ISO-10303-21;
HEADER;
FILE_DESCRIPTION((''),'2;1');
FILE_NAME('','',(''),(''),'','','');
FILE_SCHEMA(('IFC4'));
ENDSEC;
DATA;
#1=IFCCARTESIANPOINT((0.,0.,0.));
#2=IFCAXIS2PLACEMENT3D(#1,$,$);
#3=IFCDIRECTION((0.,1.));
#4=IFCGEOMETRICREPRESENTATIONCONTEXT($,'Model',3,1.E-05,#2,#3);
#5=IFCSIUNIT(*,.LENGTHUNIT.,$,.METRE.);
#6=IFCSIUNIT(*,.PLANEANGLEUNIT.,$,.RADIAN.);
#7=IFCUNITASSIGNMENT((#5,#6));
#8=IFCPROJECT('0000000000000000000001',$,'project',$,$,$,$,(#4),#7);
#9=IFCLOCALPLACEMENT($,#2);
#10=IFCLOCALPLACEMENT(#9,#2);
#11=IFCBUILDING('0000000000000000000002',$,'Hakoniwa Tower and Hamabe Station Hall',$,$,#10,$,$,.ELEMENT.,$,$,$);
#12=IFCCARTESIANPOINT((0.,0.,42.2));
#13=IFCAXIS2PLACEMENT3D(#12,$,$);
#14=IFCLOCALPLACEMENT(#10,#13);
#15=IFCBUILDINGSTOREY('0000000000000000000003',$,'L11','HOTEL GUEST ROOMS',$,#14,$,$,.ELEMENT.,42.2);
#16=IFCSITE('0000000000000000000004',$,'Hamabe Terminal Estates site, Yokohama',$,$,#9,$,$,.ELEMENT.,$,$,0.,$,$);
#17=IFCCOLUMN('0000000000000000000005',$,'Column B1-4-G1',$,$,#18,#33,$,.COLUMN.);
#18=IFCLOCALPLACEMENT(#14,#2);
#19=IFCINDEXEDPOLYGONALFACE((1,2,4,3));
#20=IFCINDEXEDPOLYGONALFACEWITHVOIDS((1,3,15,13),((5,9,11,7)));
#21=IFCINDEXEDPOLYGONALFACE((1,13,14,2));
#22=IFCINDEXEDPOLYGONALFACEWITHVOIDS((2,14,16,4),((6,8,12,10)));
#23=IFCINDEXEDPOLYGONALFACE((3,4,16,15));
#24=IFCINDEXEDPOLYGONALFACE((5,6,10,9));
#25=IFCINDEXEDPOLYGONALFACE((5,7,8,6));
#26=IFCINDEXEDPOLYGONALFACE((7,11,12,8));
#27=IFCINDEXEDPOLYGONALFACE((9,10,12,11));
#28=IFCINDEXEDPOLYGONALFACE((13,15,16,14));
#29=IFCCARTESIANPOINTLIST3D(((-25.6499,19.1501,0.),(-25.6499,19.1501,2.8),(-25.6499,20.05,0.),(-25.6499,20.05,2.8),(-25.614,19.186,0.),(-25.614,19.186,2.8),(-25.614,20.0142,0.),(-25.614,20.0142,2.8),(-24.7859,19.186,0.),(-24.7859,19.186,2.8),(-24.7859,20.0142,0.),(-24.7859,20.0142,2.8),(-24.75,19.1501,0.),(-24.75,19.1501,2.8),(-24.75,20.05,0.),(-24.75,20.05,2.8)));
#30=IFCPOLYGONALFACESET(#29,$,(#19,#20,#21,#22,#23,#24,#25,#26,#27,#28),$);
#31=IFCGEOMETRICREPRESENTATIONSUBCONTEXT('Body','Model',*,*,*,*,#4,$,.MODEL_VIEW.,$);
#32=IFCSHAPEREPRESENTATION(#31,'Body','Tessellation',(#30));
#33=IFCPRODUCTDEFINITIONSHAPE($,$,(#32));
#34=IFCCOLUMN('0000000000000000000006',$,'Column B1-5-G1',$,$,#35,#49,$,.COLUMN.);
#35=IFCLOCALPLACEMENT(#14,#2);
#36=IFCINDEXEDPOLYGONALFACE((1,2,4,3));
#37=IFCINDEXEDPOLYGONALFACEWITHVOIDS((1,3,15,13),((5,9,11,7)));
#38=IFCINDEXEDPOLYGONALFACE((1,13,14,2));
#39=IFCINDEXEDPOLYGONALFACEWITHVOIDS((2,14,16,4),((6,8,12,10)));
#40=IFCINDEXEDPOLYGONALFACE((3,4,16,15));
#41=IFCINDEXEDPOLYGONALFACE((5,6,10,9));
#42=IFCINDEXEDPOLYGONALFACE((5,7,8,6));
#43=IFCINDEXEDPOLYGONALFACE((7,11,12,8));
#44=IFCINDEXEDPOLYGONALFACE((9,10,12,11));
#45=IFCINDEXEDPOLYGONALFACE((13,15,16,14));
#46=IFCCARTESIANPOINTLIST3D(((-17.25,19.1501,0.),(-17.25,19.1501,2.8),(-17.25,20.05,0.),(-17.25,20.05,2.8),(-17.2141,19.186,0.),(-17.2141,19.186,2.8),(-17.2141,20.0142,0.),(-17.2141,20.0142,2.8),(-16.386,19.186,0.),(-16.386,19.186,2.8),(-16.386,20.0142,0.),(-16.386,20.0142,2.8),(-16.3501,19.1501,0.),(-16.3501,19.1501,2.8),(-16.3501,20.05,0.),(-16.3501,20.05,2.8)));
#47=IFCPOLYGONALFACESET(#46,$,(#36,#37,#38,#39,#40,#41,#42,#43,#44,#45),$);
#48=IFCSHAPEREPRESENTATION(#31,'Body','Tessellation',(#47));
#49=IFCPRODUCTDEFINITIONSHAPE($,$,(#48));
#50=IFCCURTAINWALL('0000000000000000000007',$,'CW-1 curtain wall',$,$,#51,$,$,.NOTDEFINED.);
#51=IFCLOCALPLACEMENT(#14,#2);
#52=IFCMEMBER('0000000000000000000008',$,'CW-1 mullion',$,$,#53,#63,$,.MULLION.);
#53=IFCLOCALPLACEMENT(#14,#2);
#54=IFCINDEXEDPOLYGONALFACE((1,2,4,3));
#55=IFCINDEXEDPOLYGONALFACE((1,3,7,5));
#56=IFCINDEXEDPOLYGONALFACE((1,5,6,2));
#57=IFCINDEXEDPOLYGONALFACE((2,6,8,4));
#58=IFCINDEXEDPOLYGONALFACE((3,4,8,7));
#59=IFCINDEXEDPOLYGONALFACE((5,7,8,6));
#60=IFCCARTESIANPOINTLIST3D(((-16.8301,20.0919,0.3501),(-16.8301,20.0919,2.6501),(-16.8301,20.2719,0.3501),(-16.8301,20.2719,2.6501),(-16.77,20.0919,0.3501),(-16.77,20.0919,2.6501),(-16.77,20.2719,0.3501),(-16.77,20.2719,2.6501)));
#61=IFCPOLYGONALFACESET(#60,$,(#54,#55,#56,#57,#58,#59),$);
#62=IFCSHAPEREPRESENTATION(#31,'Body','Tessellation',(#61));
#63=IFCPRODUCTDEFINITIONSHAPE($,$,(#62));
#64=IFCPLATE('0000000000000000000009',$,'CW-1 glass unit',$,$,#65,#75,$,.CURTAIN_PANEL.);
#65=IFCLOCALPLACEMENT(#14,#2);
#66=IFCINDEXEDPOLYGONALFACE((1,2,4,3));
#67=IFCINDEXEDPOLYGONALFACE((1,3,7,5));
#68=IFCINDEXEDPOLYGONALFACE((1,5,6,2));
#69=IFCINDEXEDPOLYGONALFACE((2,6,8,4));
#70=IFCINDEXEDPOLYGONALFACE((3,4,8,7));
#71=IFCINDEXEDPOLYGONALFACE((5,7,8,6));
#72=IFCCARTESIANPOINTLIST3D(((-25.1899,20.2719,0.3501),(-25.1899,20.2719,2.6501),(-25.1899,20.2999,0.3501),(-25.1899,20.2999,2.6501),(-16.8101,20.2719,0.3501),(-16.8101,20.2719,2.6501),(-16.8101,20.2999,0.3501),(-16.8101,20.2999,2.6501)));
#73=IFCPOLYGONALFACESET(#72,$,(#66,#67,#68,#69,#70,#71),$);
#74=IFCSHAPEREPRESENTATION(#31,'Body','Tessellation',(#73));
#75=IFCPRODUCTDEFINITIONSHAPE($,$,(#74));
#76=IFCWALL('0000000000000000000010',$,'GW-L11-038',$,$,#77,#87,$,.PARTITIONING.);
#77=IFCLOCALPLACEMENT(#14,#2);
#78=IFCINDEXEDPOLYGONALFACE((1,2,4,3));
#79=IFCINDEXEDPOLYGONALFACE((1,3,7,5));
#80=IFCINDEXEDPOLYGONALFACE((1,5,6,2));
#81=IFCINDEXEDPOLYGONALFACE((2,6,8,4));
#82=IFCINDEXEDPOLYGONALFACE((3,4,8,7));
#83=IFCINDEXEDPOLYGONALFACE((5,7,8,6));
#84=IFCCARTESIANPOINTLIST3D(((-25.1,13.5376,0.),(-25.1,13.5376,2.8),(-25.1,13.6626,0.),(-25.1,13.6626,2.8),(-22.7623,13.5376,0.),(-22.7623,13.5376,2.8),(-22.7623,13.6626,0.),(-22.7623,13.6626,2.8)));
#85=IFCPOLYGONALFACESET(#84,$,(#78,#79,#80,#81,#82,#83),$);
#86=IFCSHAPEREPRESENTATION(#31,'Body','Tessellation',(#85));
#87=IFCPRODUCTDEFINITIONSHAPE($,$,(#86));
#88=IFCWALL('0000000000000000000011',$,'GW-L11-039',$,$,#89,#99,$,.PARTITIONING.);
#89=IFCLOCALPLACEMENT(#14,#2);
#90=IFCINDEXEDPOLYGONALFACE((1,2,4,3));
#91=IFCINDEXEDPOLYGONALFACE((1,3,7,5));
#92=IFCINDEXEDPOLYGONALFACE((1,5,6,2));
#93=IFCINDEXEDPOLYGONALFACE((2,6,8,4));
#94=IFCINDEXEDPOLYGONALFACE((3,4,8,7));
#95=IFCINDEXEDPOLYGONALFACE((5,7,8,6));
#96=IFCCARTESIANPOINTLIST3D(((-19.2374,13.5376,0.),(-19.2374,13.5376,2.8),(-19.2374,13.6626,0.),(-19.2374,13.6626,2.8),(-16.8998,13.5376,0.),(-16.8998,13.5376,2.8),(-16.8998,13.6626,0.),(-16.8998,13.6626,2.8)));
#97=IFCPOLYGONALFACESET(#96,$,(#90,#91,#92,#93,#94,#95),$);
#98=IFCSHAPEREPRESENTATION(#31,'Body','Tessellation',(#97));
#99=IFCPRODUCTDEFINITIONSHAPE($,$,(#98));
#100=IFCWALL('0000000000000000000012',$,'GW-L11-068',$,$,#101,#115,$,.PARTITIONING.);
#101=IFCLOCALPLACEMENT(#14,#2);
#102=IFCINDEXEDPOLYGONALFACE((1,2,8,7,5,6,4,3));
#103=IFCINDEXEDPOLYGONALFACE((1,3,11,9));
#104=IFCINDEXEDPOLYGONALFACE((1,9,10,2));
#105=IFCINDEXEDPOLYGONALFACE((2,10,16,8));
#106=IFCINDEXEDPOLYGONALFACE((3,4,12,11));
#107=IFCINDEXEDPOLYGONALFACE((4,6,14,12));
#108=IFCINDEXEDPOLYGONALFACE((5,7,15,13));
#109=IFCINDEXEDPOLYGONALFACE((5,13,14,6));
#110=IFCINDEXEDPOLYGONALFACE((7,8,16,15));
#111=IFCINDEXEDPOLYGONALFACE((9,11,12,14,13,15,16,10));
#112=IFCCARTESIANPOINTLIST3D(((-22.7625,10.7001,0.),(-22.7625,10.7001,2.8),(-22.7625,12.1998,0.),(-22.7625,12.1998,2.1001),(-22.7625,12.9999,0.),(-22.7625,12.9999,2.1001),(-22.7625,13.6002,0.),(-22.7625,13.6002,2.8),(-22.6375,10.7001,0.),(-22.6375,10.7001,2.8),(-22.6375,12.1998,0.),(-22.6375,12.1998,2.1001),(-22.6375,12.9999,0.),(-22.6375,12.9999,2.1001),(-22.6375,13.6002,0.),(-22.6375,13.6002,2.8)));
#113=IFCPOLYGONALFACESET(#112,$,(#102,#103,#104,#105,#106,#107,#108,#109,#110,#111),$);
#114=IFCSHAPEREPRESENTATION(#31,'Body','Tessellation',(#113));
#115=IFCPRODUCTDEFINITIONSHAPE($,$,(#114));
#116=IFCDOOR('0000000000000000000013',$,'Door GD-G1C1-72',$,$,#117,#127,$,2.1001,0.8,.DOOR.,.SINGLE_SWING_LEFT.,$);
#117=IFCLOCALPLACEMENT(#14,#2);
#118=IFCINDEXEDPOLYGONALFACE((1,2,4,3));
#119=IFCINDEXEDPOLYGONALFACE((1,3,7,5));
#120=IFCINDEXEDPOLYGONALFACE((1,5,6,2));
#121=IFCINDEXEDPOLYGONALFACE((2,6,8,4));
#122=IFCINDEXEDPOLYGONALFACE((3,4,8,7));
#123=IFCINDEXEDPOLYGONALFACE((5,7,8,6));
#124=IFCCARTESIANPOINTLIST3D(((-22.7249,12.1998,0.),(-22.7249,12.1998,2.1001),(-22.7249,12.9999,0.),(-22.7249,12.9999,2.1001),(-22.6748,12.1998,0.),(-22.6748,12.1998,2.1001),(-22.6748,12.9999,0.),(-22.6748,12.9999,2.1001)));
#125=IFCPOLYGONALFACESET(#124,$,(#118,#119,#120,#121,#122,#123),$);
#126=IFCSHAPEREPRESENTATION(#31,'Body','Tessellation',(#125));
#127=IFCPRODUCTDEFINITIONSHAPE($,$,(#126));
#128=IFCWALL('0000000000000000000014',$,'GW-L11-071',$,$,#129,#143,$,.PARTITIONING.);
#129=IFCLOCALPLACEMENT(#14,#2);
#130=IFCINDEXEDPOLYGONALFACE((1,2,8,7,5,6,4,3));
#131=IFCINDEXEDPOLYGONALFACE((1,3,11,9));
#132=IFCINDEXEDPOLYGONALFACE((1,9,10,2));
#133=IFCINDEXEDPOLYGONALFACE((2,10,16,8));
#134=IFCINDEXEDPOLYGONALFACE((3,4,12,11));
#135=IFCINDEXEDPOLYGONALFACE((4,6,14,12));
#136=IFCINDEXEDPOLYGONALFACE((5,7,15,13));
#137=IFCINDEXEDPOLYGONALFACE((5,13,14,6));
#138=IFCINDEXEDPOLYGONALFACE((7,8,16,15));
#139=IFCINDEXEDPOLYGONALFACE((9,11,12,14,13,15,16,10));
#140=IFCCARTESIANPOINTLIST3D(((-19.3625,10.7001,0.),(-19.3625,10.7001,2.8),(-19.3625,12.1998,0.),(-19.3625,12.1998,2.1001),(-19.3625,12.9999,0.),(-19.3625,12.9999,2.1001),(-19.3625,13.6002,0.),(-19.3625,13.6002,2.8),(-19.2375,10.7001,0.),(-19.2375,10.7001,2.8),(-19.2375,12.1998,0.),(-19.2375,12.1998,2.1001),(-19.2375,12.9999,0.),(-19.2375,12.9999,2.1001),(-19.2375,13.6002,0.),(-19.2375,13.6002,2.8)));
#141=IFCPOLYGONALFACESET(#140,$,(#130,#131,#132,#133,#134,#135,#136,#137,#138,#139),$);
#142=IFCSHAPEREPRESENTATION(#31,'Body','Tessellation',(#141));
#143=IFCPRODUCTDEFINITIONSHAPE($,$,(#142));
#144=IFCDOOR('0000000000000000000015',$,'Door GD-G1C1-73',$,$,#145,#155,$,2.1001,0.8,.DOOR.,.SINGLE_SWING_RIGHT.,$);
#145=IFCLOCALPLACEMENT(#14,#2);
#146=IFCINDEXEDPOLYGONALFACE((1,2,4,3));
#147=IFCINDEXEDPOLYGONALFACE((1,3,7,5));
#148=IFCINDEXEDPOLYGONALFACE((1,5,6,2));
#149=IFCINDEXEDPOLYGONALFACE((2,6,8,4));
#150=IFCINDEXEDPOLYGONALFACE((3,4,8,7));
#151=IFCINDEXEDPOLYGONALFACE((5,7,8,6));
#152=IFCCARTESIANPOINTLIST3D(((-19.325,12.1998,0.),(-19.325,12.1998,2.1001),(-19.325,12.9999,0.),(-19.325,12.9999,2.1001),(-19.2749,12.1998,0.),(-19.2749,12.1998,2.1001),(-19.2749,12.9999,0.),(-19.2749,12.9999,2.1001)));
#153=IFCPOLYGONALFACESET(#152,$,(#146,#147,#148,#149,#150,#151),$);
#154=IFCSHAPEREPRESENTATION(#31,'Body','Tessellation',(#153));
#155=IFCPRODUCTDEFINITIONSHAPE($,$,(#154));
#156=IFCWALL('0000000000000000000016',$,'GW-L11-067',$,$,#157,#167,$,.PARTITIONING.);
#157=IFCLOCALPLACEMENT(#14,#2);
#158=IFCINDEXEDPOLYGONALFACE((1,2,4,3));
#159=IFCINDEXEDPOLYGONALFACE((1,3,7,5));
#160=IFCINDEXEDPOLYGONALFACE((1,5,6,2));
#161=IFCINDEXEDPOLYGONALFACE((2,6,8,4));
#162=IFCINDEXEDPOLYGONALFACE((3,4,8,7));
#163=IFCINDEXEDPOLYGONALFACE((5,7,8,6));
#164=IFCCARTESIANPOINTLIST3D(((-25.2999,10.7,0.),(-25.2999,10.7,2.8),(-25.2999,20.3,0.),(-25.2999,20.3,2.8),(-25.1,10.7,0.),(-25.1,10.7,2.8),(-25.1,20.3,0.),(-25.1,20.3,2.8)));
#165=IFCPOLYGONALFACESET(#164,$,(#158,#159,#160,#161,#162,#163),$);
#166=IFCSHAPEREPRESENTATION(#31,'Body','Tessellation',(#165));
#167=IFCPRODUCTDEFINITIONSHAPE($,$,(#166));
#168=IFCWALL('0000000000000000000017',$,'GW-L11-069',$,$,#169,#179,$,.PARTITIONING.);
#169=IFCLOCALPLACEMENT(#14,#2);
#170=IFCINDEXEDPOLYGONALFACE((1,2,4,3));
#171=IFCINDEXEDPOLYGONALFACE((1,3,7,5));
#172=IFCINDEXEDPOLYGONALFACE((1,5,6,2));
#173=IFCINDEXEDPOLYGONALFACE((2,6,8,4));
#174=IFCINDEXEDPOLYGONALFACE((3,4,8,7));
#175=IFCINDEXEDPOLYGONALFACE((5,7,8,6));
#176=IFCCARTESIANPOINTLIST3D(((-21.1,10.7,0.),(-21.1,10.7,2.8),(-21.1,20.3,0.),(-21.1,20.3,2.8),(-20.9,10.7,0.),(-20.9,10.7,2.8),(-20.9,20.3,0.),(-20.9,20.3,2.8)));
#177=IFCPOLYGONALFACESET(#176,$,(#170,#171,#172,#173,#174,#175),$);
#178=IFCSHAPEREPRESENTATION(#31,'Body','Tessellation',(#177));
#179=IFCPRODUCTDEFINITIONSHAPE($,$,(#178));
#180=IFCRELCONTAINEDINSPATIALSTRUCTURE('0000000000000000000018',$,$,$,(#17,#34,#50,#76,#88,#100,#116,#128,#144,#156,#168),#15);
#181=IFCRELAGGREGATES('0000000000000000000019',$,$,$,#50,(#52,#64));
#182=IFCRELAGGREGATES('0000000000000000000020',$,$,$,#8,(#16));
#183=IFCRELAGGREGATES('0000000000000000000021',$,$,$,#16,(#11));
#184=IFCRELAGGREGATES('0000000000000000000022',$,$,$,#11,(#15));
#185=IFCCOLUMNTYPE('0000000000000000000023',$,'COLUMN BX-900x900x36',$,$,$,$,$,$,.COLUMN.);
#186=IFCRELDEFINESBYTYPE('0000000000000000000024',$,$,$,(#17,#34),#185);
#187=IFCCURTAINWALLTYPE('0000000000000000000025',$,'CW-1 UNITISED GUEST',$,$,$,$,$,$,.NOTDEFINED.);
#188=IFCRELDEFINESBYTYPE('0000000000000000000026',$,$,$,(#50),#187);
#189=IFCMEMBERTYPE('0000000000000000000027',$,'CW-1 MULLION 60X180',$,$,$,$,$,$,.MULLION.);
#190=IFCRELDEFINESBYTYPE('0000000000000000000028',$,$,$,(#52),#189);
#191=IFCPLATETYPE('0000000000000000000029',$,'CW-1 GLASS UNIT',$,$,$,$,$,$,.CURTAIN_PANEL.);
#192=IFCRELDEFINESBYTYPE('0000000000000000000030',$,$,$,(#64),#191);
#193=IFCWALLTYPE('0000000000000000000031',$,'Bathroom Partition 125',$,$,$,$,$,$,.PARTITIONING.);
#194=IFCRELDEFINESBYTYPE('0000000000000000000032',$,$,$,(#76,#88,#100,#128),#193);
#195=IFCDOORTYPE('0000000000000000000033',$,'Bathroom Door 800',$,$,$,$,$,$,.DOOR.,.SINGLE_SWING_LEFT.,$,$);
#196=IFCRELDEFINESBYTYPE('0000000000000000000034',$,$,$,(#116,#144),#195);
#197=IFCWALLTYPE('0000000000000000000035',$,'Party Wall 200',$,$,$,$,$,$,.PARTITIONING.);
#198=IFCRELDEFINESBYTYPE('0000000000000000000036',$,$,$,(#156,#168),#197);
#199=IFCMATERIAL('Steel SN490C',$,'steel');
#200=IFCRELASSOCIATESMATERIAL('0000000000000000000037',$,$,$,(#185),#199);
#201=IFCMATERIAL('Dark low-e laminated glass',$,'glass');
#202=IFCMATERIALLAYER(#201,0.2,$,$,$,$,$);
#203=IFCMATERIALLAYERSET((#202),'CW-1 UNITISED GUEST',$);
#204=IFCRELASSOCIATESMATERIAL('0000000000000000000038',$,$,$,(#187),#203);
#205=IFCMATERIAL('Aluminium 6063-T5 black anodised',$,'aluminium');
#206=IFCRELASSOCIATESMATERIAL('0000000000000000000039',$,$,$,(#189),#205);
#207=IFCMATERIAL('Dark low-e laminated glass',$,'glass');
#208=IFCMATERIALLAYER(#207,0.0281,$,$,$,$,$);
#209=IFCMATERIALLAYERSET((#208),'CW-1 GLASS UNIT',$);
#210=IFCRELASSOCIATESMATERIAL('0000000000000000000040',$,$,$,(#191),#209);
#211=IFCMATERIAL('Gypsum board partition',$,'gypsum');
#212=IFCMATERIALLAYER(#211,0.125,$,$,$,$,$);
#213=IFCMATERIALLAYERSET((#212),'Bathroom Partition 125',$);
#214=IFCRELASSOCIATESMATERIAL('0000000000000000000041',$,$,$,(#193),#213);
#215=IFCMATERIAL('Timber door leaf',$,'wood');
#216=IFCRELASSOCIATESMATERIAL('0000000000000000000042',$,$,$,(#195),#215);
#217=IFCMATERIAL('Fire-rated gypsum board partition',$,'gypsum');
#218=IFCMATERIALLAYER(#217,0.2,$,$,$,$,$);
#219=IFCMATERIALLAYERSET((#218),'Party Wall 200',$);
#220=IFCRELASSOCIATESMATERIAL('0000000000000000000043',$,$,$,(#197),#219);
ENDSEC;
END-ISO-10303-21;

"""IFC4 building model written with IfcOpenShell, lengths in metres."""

from ifc_helpers import new_model, si_unit, direction, frame, frame_2d, origin, origin_2d, place, context, subcontext, project, spatial, rectangle, hollow_rectangle, extrude, material, layer, layer_set, material_profile, profile_set, type_object, element, fill, aggregate, save


model = new_model("IFC4")

# Units and contexts
model_context = context("Model", 3, precision=1e-05, world=origin(), true_north=direction((0.0, 1.0)))
body_context = subcontext(model_context, "Body", "Model", "MODEL_VIEW")
ifc_project = project(units=[si_unit("LENGTHUNIT", "METRE"), si_unit("PLANEANGLEUNIT", "RADIAN")], contexts=[model_context])

# Site, building, storey
site_placement = place(None, origin())
site = spatial("IfcSite", under=ifc_project, at=site_placement, Name="Hamabe Terminal Estates site, Yokohama", CompositionType="ELEMENT", RefElevation=0.0)
building_placement = place(site_placement, origin())
building = spatial("IfcBuilding", under=site, at=building_placement, Name="Hakoniwa Tower and Hamabe Station Hall", CompositionType="ELEMENT")
storey_placement = place(building_placement, frame((0.0, 0.0, 42.2)))
storey = spatial("IfcBuildingStorey", under=building, at=storey_placement, Name="L11", Description="HOTEL GUEST ROOMS", CompositionType="ELEMENT", Elevation=42.2)

# Columns
ifc_material_1 = material(Name="Steel SN490C", Category="steel")
ifc_material_profile_1 = material_profile(ifc_material_1, hollow_rectangle(XDim=0.8999, YDim=0.8999, WallThickness=0.0359, at=origin_2d()), Name="BX-900x900x36")
ifc_profile_set_1 = profile_set([ifc_material_profile_1], Name="Steel SN490C")
column_type = type_object("IfcColumnType", Name="COLUMN BX-900x900x36", PredefinedType="COLUMN", material=ifc_profile_set_1)
for number, where, z_axis, x_axis, name in (
    (1, (-25.2, 19.6001, 0.0), (0.0, 0.0, 1.0), (1.0, 0.0, 0.0), "Column B1-4-G1"),
    (2, (-16.8, 19.6001, 0.0), (0.0, 0.0, 1.0), (1.0, 0.0, 0.0), "Column B1-5-G1"),
):
    element("IfcColumn", number, at=place(storey_placement, frame(where, z_axis=z_axis, x_axis=x_axis)), inside=storey, type_object=column_type, Name=name, PredefinedType="COLUMN", context=body_context, shape_type="SweptSolid", body=[
        extrude(hollow_rectangle(XDim=0.8999, YDim=0.8999, WallThickness=0.0359, at=origin_2d()), origin(), (0.0, 0.0, 1.0), 2.8),
    ])

# Curtain wall, member, plate
ifc_material_2 = material(Name="Dark low-e laminated glass", Category="glass")
ifc_layer_1 = layer(ifc_material_2, 0.2)
ifc_layer_set_1 = layer_set([ifc_layer_1], Name="CW-1 UNITISED GUEST")
curtain_wall_type = type_object("IfcCurtainWallType", Name="CW-1 UNITISED GUEST", PredefinedType="NOTDEFINED", material=ifc_layer_set_1)
curtain_wall_placement = place(storey_placement, origin())
curtain_wall = element("IfcCurtainWall", 3, at=curtain_wall_placement, inside=storey, type_object=curtain_wall_type, Name="CW-1 curtain wall", PredefinedType="NOTDEFINED")
ifc_material_3 = material(Name="Aluminium 6063-T5 black anodised", Category="aluminium")
ifc_material_profile_2 = material_profile(ifc_material_3, rectangle(XDim=0.0601, YDim=0.1799, at=origin_2d()), Name="CW-1 MULLION 60X180")
ifc_profile_set_2 = profile_set([ifc_material_profile_2], Name="Aluminium 6063-T5 black anodised")
member_type = type_object("IfcMemberType", Name="CW-1 MULLION 60X180", PredefinedType="MULLION", material=ifc_profile_set_2)
member_placement = place(storey_placement, frame((-16.8, 20.1819, 0.3501), z_axis=(0.0, 0.0, 1.0), x_axis=(-1.0, 0.0, 0.0)))
member = element("IfcMember", 4, at=member_placement, type_object=member_type, Name="CW-1 mullion", PredefinedType="MULLION", context=body_context, shape_type="SweptSolid", body=[
    extrude(rectangle(XDim=0.0601, YDim=0.1799, at=origin_2d()), origin(), (0.0, 0.0, 1.0), 2.3),
])
ifc_material_4 = material(Name="Dark low-e laminated glass", Category="glass")
ifc_layer_2 = layer(ifc_material_4, 0.0281)
ifc_layer_set_2 = layer_set([ifc_layer_2], Name="CW-1 GLASS UNIT")
plate_type = type_object("IfcPlateType", Name="CW-1 GLASS UNIT", PredefinedType="CURTAIN_PANEL", material=ifc_layer_set_2)
plate_placement = place(storey_placement, frame((-21.0, 20.2859, 0.3501), z_axis=(0.0, 0.0, 1.0), x_axis=(-1.0, 0.0, 0.0)))
plate = element("IfcPlate", 5, at=plate_placement, type_object=plate_type, Name="CW-1 glass unit", PredefinedType="CURTAIN_PANEL", context=body_context, shape_type="SweptSolid", body=[
    extrude(rectangle(XDim=8.3799, YDim=0.0281, at=origin_2d()), origin(), (0.0, 0.0, 1.0), 2.3),
])
aggregate(curtain_wall, [member, plate])

# Walls
ifc_material_5 = material(Name="Gypsum board partition", Category="gypsum")
ifc_layer_3 = layer(ifc_material_5, 0.125)
ifc_layer_set_3 = layer_set([ifc_layer_3], Name="Bathroom Partition 125")
wall_type_1 = type_object("IfcWallType", Name="Bathroom Partition 125", PredefinedType="PARTITIONING", material=ifc_layer_set_3)
for number, where, z_axis, x_axis, name in (
    (6, (-25.1001, 13.6001, 0.0), (0.0, 0.0, 1.0), (1.0, 0.0, 0.0), "GW-L11-038"),
    (7, (-19.2375, 13.6001, 0.0), (0.0, 0.0, 1.0), (1.0, 0.0, 0.0), "GW-L11-039"),
):
    element("IfcWall", number, at=place(storey_placement, frame(where, z_axis=z_axis, x_axis=x_axis)), inside=storey, type_object=wall_type_1, Name=name, PredefinedType="PARTITIONING", context=body_context, shape_type="SweptSolid", body=[
        extrude(rectangle(XDim=2.3376, YDim=0.125, at=frame_2d((1.1689, 0.0))), origin(), (0.0, 0.0, 1.0), 2.8),
    ])

# Walls, openings, doors
wall_1_placement = place(storey_placement, frame((-22.7, 10.7, 0.0), z_axis=(0.0, 0.0, 1.0), x_axis=(0.0, 1.0, 0.0)))
wall_1 = element("IfcWall", 8, at=wall_1_placement, inside=storey, type_object=wall_type_1, Name="GW-L11-068", PredefinedType="PARTITIONING", context=body_context, shape_type="SweptSolid", body=[
    extrude(rectangle(XDim=2.9001, YDim=0.125, at=frame_2d((1.4502, 0.0))), origin(), (0.0, 0.0, 1.0), 2.8),
])
opening_1_placement = place(wall_1_placement, frame((1.5, 0.0, 0.0)))
opening_1 = element("IfcOpeningElement", 9, at=opening_1_placement, cuts=wall_1, PredefinedType="OPENING", context=body_context, shape_type="SweptSolid", body=[
    extrude(rectangle(XDim=0.8, YDim=2.1001, at=frame_2d((0.3999, 1.05))), frame((0.0, 0.0725, 0.0), z_axis=(0.0, -1.0, 0.0), x_axis=(1.0, 0.0, 0.0)), (0.0, 0.0, 1.0), 0.145),
])
ifc_material_6 = material(Name="Timber door leaf", Category="wood")
door_type = type_object("IfcDoorType", Name="Bathroom Door 800", OperationType="SINGLE_SWING_LEFT", PredefinedType="DOOR", material=ifc_material_6)
door_1_placement = place(opening_1_placement, origin())
door_1 = element("IfcDoor", 10, at=door_1_placement, inside=storey, type_object=door_type, Name="Door GD-G1C1-72", OperationType="SINGLE_SWING_LEFT", OverallHeight=2.1001, OverallWidth=0.8, PredefinedType="DOOR", context=body_context, shape_type="SweptSolid", body=[
    extrude(rectangle(XDim=0.8, YDim=2.1001, at=frame_2d((0.3999, 1.05))), frame((0.0, 0.0249, 0.0), z_axis=(0.0, -1.0, 0.0), x_axis=(1.0, 0.0, 0.0)), (0.0, 0.0, 1.0), 0.05),
])
fill(opening_1, door_1)
wall_2_placement = place(storey_placement, frame((-19.3, 10.7, 0.0), z_axis=(0.0, 0.0, 1.0), x_axis=(0.0, 1.0, 0.0)))
wall_2 = element("IfcWall", 11, at=wall_2_placement, inside=storey, type_object=wall_type_1, Name="GW-L11-071", PredefinedType="PARTITIONING", context=body_context, shape_type="SweptSolid", body=[
    extrude(rectangle(XDim=2.9001, YDim=0.125, at=frame_2d((1.4502, 0.0))), origin(), (0.0, 0.0, 1.0), 2.8),
])
opening_2_placement = place(wall_2_placement, frame((1.5, 0.0, 0.0)))
opening_2 = element("IfcOpeningElement", 12, at=opening_2_placement, cuts=wall_2, PredefinedType="OPENING", context=body_context, shape_type="SweptSolid", body=[
    extrude(rectangle(XDim=0.8, YDim=2.1001, at=frame_2d((0.3999, 1.05))), frame((0.0, 0.0725, 0.0), z_axis=(0.0, -1.0, 0.0), x_axis=(1.0, 0.0, 0.0)), (0.0, 0.0, 1.0), 0.145),
])
door_2_placement = place(opening_2_placement, origin())
door_2 = element("IfcDoor", 13, at=door_2_placement, inside=storey, type_object=door_type, Name="Door GD-G1C1-73", OperationType="SINGLE_SWING_RIGHT", OverallHeight=2.1001, OverallWidth=0.8, PredefinedType="DOOR", context=body_context, shape_type="SweptSolid", body=[
    extrude(rectangle(XDim=0.8, YDim=2.1001, at=frame_2d((0.3999, 1.05))), frame((0.0, 0.0249, 0.0), z_axis=(0.0, -1.0, 0.0), x_axis=(1.0, 0.0, 0.0)), (0.0, 0.0, 1.0), 0.05),
])
fill(opening_2, door_2)

# Walls
ifc_material_7 = material(Name="Fire-rated gypsum board partition", Category="gypsum")
ifc_layer_4 = layer(ifc_material_7, 0.2)
ifc_layer_set_4 = layer_set([ifc_layer_4], Name="Party Wall 200")
wall_type_2 = type_object("IfcWallType", Name="Party Wall 200", PredefinedType="PARTITIONING", material=ifc_layer_set_4)
for number, where, z_axis, x_axis, name in (
    (14, (-25.2, 10.7, 0.0), (0.0, 0.0, 1.0), (0.0, 1.0, 0.0), "GW-L11-067"),
    (15, (-21.0, 10.7, 0.0), (0.0, 0.0, 1.0), (0.0, 1.0, 0.0), "GW-L11-069"),
):
    element("IfcWall", number, at=place(storey_placement, frame(where, z_axis=z_axis, x_axis=x_axis)), inside=storey, type_object=wall_type_2, Name=name, PredefinedType="PARTITIONING", context=body_context, shape_type="SweptSolid", body=[
        extrude(rectangle(XDim=9.6001, YDim=0.2, at=frame_2d((4.8, 0.0))), origin(), (0.0, 0.0, 1.0), 2.8),
    ])

save(model, "model.ifc")
